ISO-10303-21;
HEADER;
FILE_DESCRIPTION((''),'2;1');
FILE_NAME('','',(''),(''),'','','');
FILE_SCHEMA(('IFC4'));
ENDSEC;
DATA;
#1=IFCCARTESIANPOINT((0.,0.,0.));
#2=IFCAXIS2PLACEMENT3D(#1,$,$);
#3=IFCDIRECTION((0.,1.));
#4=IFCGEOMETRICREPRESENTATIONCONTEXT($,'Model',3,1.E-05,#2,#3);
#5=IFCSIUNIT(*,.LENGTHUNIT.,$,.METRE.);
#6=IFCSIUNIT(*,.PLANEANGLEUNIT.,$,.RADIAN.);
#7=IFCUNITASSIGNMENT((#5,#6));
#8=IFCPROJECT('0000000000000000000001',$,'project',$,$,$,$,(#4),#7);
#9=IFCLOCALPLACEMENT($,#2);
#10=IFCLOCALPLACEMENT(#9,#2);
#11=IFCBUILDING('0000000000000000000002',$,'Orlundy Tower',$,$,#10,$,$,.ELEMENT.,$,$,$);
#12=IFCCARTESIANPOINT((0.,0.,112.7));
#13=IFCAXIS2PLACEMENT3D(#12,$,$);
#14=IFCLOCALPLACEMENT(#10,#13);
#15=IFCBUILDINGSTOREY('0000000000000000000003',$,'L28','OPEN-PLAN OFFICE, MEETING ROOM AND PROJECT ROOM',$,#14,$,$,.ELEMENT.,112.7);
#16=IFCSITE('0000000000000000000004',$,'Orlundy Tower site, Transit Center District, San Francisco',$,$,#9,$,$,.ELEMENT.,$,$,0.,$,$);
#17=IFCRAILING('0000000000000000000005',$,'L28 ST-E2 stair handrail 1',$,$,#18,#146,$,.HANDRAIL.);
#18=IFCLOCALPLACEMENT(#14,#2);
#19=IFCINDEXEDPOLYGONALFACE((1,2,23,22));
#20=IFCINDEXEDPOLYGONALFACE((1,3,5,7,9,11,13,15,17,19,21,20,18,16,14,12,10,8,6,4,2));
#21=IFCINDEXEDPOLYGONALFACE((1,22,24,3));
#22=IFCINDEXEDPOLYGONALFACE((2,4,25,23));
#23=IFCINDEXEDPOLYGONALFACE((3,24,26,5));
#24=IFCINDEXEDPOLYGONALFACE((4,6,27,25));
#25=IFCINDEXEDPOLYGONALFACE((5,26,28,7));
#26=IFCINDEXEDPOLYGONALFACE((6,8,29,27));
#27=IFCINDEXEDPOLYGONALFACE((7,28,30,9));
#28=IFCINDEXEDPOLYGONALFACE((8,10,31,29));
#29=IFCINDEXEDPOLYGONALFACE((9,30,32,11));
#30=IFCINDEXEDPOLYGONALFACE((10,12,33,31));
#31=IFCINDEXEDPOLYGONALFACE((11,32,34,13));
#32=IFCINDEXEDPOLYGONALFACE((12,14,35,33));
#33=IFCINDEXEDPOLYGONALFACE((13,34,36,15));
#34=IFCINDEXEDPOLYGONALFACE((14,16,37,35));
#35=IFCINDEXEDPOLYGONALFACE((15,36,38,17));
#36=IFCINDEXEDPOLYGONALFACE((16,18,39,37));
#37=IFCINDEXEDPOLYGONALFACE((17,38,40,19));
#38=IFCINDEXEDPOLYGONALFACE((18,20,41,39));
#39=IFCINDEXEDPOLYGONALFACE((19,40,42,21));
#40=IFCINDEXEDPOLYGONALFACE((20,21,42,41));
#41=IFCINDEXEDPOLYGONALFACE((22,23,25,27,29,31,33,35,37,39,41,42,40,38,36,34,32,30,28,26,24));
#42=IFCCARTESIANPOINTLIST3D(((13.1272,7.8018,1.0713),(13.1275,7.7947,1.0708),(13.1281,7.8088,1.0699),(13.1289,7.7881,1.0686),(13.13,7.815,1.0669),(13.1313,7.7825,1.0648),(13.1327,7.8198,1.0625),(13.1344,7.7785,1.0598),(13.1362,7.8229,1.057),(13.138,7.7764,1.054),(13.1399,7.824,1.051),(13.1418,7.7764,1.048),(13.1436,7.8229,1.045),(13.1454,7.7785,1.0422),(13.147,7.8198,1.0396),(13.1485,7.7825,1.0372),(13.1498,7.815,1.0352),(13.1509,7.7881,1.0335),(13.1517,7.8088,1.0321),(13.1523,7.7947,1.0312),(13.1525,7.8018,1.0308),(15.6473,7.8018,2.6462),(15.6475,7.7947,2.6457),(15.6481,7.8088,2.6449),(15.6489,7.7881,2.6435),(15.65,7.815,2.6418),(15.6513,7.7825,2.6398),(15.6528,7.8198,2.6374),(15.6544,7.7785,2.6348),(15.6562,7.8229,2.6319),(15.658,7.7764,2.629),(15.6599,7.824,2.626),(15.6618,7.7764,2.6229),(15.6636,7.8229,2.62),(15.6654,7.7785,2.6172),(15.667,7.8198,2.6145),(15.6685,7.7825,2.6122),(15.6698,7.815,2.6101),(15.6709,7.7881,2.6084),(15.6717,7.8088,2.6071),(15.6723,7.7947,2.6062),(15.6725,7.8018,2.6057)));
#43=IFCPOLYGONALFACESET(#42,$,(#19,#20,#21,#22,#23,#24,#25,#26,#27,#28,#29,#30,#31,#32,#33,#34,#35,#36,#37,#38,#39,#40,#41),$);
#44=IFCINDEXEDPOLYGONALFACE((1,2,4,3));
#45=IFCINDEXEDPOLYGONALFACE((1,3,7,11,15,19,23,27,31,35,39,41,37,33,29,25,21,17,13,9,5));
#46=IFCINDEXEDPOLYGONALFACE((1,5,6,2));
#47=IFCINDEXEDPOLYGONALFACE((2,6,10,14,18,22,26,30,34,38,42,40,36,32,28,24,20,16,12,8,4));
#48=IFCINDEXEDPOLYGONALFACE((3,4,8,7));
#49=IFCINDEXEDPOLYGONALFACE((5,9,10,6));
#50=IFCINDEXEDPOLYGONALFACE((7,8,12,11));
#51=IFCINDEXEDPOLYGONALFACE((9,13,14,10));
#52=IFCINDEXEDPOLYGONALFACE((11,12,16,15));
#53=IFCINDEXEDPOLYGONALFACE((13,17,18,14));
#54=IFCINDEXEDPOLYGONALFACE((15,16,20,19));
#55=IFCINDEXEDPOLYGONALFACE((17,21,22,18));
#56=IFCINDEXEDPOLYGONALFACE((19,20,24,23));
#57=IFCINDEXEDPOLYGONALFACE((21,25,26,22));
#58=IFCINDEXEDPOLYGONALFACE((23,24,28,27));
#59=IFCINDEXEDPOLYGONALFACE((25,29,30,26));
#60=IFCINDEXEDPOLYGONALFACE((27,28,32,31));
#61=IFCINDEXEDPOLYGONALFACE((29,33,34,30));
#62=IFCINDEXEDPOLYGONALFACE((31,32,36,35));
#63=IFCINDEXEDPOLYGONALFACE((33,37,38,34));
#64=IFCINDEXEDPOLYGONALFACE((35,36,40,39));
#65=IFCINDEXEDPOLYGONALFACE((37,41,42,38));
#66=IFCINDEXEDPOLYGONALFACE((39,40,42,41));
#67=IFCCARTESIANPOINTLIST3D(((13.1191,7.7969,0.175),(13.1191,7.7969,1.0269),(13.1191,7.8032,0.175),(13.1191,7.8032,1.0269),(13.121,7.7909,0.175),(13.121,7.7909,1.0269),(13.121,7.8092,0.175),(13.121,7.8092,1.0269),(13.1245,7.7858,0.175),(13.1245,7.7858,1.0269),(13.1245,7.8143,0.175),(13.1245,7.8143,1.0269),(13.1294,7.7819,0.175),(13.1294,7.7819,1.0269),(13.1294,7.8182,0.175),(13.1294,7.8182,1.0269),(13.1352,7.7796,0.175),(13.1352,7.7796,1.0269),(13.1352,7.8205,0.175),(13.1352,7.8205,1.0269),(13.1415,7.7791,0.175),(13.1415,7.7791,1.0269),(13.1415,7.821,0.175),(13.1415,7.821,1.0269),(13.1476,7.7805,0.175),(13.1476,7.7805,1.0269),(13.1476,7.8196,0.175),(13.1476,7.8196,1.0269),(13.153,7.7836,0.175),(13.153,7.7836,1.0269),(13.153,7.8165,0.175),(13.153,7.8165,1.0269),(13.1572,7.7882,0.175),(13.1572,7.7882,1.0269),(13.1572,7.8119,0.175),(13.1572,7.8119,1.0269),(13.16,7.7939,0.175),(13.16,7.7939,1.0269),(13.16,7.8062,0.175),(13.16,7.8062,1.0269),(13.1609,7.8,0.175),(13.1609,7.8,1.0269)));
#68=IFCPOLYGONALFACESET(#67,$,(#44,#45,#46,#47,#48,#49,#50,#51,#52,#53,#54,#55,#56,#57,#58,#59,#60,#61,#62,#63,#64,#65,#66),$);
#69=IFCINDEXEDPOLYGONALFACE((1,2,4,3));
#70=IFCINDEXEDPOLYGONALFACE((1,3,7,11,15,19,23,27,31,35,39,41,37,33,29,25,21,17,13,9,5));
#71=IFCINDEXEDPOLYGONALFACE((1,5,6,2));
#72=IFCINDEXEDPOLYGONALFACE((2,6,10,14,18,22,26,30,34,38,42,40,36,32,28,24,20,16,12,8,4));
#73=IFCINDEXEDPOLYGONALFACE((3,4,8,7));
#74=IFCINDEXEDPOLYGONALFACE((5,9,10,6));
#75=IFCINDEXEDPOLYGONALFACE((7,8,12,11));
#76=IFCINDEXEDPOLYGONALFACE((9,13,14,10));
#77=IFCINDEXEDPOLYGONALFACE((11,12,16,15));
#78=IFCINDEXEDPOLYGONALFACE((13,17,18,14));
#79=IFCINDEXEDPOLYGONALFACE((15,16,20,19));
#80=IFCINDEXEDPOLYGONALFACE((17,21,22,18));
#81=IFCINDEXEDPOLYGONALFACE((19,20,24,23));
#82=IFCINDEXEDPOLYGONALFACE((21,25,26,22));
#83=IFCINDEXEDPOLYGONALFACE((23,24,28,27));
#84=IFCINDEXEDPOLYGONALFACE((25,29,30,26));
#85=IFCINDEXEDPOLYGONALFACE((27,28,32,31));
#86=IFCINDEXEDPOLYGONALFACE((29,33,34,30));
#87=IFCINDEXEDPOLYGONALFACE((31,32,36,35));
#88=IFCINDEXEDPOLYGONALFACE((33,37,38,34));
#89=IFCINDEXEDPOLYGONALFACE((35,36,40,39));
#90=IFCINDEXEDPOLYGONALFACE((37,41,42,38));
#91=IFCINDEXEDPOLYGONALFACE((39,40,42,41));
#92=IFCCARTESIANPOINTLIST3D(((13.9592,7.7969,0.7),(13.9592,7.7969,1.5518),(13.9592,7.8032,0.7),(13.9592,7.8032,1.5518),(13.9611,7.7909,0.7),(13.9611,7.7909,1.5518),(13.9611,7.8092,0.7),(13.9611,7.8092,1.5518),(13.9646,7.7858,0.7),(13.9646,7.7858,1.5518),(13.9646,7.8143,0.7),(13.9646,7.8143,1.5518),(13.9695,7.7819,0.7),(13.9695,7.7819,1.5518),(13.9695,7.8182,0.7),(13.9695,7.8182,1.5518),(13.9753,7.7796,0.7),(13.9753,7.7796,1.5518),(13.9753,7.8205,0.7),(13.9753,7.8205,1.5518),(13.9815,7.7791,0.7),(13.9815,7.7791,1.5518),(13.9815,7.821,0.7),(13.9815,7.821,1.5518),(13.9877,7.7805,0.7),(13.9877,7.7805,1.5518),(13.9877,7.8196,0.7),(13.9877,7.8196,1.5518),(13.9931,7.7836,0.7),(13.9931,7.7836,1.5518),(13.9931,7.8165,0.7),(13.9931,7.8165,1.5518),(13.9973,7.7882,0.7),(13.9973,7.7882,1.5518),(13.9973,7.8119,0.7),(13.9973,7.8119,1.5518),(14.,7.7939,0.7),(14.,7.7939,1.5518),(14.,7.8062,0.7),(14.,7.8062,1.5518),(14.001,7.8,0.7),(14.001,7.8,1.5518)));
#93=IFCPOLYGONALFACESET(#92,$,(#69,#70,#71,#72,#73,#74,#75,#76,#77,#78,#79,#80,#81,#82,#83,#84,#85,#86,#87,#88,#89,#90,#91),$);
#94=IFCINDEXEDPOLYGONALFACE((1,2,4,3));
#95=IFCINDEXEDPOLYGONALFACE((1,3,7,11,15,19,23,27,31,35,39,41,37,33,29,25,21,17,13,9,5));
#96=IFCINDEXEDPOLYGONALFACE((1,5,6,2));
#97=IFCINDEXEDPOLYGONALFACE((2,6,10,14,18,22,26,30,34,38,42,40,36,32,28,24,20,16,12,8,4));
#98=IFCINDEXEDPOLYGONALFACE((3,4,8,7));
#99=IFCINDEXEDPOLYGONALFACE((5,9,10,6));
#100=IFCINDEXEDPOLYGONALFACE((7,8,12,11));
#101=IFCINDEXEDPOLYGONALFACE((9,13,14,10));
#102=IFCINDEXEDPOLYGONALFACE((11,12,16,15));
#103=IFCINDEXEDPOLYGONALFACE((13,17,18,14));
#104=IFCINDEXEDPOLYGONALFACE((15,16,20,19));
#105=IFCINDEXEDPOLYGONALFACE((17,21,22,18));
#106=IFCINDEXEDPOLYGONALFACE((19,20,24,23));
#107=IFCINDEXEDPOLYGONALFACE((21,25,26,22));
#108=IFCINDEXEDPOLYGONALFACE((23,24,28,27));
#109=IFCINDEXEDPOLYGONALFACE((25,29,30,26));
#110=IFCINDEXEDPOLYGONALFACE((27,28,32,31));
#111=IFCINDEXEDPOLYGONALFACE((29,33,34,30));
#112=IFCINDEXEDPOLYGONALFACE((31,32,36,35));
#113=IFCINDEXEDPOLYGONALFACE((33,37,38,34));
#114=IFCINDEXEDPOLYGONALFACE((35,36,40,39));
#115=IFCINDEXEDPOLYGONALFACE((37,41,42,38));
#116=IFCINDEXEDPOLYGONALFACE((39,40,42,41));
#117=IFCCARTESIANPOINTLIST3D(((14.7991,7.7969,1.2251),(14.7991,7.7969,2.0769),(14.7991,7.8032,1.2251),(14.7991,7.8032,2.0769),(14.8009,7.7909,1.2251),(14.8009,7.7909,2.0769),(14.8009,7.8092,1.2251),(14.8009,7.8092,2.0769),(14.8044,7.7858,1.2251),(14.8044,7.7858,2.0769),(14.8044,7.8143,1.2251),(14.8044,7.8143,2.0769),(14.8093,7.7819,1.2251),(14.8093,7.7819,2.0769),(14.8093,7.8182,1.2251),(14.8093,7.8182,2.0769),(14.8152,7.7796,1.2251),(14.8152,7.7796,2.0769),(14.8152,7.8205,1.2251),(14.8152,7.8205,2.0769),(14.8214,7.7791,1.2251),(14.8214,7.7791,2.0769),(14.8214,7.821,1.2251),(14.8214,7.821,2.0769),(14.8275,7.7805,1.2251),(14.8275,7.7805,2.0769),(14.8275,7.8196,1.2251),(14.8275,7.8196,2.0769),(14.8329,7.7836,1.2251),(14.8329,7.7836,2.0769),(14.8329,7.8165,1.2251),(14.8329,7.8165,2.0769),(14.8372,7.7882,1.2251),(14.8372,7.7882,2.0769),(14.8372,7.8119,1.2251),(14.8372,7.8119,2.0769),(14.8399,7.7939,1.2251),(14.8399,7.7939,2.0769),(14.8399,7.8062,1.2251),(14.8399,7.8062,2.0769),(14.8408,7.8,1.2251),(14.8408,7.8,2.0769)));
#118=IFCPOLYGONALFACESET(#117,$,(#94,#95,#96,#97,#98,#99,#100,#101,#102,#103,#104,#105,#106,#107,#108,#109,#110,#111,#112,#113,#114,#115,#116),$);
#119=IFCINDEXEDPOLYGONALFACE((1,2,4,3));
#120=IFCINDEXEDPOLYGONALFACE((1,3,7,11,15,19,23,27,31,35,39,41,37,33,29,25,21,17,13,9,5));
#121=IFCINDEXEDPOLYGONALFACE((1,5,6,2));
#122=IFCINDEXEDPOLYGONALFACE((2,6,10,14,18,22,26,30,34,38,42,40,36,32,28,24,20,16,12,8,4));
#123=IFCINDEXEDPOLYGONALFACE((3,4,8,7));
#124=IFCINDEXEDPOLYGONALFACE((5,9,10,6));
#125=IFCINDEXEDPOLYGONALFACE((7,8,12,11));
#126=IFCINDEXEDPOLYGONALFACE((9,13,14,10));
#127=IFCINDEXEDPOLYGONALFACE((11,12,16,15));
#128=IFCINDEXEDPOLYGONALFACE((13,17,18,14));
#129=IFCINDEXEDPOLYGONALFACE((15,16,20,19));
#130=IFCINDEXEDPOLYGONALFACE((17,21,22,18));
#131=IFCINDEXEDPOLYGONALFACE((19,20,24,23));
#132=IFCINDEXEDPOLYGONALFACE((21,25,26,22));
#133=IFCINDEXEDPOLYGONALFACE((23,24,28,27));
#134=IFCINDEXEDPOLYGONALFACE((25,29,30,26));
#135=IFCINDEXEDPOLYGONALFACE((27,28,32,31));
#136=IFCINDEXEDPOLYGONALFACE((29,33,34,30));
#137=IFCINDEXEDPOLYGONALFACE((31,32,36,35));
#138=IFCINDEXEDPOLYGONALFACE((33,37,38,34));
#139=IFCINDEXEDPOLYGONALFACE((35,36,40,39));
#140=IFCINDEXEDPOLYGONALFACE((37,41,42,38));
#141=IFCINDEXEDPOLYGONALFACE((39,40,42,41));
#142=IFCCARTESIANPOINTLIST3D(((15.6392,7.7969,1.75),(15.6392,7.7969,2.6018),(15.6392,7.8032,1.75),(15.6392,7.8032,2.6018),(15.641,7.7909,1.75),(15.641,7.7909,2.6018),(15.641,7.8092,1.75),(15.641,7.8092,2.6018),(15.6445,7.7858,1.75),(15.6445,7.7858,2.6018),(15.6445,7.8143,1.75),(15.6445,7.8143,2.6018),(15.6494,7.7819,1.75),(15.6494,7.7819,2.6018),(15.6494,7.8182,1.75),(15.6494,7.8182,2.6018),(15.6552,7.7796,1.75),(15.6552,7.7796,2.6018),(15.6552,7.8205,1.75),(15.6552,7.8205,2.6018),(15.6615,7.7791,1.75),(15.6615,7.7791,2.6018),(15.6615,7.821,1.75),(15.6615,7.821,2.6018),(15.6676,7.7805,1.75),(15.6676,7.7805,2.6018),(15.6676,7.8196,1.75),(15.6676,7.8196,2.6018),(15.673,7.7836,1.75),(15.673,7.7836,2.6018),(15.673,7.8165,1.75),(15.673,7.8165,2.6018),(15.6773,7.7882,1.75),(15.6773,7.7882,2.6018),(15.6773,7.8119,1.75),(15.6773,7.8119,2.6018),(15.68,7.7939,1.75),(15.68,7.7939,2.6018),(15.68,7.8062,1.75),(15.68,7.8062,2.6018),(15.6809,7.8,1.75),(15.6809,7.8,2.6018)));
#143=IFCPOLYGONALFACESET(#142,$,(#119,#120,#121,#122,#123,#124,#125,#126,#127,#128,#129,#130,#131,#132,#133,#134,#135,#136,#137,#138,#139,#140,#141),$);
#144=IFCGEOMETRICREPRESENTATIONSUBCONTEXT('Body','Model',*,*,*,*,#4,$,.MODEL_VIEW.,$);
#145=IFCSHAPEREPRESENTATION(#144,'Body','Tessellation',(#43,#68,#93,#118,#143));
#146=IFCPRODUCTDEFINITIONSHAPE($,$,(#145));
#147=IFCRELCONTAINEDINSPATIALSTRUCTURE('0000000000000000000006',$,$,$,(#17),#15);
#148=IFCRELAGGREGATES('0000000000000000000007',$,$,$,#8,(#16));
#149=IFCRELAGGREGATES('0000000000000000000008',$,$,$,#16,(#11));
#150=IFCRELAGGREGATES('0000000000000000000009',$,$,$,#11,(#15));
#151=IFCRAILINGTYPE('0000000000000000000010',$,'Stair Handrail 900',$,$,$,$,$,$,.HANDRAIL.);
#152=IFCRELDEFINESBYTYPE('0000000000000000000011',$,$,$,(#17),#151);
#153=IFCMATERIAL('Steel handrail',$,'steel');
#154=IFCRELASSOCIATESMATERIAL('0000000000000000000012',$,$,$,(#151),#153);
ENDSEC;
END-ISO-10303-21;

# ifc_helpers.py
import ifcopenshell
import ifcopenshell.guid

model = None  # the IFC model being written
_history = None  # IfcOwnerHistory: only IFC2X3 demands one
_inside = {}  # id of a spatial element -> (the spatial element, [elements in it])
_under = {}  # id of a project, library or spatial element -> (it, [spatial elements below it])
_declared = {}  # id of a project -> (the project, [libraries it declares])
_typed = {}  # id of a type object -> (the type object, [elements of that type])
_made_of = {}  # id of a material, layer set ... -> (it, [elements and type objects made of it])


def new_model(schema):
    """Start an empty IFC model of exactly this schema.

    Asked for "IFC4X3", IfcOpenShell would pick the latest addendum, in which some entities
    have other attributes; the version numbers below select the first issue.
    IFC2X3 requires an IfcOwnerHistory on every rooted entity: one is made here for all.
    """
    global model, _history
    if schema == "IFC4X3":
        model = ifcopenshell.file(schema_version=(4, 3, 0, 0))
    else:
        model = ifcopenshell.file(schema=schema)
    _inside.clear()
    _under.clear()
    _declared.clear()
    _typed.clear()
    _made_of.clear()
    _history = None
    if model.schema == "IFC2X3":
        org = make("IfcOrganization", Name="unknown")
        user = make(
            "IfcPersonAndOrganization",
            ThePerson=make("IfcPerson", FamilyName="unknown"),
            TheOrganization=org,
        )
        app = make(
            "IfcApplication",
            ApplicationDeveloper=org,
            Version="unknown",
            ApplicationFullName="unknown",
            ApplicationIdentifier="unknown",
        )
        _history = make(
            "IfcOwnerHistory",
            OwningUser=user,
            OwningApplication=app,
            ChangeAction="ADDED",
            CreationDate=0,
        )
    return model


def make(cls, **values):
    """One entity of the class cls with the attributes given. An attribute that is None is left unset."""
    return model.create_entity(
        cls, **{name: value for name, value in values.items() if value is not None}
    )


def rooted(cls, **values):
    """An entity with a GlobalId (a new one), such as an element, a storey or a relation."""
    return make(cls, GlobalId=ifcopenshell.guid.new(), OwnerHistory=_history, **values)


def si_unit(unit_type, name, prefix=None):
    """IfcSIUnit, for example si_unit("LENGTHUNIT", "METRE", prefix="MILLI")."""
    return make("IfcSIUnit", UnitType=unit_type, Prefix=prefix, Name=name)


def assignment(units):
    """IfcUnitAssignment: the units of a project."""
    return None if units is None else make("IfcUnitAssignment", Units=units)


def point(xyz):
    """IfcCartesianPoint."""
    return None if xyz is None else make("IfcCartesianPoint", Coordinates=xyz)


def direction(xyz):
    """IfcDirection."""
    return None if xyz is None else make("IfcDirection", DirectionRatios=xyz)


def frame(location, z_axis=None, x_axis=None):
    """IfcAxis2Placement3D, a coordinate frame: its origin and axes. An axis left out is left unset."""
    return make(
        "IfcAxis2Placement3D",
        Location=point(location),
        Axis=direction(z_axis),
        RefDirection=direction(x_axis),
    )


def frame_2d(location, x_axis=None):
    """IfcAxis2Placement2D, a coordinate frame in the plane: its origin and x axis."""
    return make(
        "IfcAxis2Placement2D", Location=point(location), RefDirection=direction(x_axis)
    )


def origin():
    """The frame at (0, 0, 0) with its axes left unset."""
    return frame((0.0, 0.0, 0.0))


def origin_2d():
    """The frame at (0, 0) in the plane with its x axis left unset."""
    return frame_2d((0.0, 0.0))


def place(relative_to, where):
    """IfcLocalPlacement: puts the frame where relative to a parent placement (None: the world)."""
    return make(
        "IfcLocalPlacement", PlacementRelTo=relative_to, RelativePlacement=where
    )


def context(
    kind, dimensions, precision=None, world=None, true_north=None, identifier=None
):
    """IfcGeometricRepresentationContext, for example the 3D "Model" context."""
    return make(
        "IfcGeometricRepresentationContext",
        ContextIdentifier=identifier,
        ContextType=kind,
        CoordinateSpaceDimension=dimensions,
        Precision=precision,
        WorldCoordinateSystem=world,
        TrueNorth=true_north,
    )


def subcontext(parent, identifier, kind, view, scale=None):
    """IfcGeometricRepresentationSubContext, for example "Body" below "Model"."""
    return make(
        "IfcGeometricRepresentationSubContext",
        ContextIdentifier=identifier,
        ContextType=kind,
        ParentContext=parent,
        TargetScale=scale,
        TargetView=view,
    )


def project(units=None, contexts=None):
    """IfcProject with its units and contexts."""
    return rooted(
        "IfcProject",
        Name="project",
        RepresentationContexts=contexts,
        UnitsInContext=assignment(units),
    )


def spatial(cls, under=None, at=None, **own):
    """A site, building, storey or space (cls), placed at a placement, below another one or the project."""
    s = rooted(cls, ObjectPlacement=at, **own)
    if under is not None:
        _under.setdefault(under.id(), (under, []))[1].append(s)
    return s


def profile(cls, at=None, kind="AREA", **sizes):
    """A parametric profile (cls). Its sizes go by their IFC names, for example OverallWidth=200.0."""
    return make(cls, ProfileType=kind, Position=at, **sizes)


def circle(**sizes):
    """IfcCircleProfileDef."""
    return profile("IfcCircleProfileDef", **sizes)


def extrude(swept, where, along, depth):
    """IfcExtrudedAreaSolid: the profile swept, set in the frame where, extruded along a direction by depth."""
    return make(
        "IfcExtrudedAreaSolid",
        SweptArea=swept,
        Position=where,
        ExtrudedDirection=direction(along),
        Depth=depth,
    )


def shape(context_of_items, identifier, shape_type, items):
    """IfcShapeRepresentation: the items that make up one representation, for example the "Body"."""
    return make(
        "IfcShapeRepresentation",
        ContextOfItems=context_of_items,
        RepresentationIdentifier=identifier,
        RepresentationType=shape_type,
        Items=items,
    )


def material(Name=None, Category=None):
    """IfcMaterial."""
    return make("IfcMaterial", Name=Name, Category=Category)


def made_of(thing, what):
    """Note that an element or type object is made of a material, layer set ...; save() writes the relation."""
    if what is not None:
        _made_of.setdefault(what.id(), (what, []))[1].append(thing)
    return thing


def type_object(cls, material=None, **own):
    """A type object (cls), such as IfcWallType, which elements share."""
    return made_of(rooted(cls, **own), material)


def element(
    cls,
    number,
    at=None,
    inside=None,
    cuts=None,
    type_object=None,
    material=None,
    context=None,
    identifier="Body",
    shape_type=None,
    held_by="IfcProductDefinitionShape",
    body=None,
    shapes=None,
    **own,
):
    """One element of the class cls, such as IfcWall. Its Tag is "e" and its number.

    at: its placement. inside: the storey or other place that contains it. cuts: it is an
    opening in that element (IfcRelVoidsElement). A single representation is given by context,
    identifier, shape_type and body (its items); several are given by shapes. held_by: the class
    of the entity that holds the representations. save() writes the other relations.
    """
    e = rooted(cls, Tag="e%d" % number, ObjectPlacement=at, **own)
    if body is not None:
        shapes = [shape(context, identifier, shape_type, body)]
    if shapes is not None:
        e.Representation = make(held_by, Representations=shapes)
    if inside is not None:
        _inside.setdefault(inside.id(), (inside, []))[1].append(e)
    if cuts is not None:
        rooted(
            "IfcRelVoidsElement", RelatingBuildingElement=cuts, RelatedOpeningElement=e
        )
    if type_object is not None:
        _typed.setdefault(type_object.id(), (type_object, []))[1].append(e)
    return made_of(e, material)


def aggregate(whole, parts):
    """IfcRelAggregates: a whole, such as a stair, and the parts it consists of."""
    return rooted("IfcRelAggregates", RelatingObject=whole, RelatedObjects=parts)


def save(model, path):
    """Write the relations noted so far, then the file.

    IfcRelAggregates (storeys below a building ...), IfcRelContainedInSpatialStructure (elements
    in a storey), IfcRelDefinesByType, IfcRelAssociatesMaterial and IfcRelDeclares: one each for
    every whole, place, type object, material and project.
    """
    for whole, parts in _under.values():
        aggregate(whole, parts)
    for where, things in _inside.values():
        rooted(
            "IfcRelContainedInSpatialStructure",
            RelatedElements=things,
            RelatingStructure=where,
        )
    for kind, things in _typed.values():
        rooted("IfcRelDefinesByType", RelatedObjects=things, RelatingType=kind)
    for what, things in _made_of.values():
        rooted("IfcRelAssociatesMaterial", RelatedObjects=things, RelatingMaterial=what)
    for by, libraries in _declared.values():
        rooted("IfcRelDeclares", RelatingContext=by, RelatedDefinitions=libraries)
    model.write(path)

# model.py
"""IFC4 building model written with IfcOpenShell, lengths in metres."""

from ifc_helpers import new_model, si_unit, direction, frame, origin, origin_2d, place, context, subcontext, project, spatial, circle, extrude, material, type_object, element, save


model = new_model("IFC4")

# Units and contexts
model_context = context("Model", 3, precision=1e-05, world=origin(), true_north=direction((0.0, 1.0)))
body_context = subcontext(model_context, "Body", "Model", "MODEL_VIEW")
ifc_project = project(units=[si_unit("LENGTHUNIT", "METRE"), si_unit("PLANEANGLEUNIT", "RADIAN")], contexts=[model_context])

# Site, building, storey
site_placement = place(None, origin())
site = spatial("IfcSite", under=ifc_project, at=site_placement, Name="Orlundy Tower site, Transit Center District, San Francisco", CompositionType="ELEMENT", RefElevation=0.0)
building_placement = place(site_placement, origin())
building = spatial("IfcBuilding", under=site, at=building_placement, Name="Orlundy Tower", CompositionType="ELEMENT")
storey_placement = place(building_placement, frame((0.0, 0.0, 112.7)))
storey = spatial("IfcBuildingStorey", under=building, at=storey_placement, Name="L28", Description="OPEN-PLAN OFFICE, MEETING ROOM AND PROJECT ROOM", CompositionType="ELEMENT", Elevation=112.7)

# Railing
ifc_material_1 = material(Name="Steel handrail", Category="steel")
railing_type = type_object("IfcRailingType", Name="Stair Handrail 900", PredefinedType="HANDRAIL", material=ifc_material_1)
railing_placement = place(storey_placement, frame((13.1399, 7.8, 0.175)))
element("IfcRailing", 1, at=railing_placement, inside=storey, type_object=railing_type, Name="L28 ST-E2 stair handrail 1", PredefinedType="HANDRAIL", context=body_context, shape_type="SweptSolid", body=[
    extrude(circle(Radius=0.0239, at=origin_2d()), frame((0.0, 0.0, 0.876), z_axis=(0.848008, 0.0, 0.529984), x_axis=(0.0, 1.0, 0.0)), (0.0, 0.0, 1.0), 2.9717),
    extrude(circle(Radius=0.021, at=origin_2d()), origin(), (0.0, 0.0, 1.0), 0.8518),
    extrude(circle(Radius=0.021, at=origin_2d()), frame((0.8401, 0.0, 0.5249)), (0.0, 0.0, 1.0), 0.8518),
    extrude(circle(Radius=0.021, at=origin_2d()), frame((1.6799, 0.0, 1.05)), (0.0, 0.0, 1.0), 0.8518),
    extrude(circle(Radius=0.021, at=origin_2d()), frame((2.52, 0.0, 1.575)), (0.0, 0.0, 1.0), 0.8518),
])

save(model, "model.ifc")
